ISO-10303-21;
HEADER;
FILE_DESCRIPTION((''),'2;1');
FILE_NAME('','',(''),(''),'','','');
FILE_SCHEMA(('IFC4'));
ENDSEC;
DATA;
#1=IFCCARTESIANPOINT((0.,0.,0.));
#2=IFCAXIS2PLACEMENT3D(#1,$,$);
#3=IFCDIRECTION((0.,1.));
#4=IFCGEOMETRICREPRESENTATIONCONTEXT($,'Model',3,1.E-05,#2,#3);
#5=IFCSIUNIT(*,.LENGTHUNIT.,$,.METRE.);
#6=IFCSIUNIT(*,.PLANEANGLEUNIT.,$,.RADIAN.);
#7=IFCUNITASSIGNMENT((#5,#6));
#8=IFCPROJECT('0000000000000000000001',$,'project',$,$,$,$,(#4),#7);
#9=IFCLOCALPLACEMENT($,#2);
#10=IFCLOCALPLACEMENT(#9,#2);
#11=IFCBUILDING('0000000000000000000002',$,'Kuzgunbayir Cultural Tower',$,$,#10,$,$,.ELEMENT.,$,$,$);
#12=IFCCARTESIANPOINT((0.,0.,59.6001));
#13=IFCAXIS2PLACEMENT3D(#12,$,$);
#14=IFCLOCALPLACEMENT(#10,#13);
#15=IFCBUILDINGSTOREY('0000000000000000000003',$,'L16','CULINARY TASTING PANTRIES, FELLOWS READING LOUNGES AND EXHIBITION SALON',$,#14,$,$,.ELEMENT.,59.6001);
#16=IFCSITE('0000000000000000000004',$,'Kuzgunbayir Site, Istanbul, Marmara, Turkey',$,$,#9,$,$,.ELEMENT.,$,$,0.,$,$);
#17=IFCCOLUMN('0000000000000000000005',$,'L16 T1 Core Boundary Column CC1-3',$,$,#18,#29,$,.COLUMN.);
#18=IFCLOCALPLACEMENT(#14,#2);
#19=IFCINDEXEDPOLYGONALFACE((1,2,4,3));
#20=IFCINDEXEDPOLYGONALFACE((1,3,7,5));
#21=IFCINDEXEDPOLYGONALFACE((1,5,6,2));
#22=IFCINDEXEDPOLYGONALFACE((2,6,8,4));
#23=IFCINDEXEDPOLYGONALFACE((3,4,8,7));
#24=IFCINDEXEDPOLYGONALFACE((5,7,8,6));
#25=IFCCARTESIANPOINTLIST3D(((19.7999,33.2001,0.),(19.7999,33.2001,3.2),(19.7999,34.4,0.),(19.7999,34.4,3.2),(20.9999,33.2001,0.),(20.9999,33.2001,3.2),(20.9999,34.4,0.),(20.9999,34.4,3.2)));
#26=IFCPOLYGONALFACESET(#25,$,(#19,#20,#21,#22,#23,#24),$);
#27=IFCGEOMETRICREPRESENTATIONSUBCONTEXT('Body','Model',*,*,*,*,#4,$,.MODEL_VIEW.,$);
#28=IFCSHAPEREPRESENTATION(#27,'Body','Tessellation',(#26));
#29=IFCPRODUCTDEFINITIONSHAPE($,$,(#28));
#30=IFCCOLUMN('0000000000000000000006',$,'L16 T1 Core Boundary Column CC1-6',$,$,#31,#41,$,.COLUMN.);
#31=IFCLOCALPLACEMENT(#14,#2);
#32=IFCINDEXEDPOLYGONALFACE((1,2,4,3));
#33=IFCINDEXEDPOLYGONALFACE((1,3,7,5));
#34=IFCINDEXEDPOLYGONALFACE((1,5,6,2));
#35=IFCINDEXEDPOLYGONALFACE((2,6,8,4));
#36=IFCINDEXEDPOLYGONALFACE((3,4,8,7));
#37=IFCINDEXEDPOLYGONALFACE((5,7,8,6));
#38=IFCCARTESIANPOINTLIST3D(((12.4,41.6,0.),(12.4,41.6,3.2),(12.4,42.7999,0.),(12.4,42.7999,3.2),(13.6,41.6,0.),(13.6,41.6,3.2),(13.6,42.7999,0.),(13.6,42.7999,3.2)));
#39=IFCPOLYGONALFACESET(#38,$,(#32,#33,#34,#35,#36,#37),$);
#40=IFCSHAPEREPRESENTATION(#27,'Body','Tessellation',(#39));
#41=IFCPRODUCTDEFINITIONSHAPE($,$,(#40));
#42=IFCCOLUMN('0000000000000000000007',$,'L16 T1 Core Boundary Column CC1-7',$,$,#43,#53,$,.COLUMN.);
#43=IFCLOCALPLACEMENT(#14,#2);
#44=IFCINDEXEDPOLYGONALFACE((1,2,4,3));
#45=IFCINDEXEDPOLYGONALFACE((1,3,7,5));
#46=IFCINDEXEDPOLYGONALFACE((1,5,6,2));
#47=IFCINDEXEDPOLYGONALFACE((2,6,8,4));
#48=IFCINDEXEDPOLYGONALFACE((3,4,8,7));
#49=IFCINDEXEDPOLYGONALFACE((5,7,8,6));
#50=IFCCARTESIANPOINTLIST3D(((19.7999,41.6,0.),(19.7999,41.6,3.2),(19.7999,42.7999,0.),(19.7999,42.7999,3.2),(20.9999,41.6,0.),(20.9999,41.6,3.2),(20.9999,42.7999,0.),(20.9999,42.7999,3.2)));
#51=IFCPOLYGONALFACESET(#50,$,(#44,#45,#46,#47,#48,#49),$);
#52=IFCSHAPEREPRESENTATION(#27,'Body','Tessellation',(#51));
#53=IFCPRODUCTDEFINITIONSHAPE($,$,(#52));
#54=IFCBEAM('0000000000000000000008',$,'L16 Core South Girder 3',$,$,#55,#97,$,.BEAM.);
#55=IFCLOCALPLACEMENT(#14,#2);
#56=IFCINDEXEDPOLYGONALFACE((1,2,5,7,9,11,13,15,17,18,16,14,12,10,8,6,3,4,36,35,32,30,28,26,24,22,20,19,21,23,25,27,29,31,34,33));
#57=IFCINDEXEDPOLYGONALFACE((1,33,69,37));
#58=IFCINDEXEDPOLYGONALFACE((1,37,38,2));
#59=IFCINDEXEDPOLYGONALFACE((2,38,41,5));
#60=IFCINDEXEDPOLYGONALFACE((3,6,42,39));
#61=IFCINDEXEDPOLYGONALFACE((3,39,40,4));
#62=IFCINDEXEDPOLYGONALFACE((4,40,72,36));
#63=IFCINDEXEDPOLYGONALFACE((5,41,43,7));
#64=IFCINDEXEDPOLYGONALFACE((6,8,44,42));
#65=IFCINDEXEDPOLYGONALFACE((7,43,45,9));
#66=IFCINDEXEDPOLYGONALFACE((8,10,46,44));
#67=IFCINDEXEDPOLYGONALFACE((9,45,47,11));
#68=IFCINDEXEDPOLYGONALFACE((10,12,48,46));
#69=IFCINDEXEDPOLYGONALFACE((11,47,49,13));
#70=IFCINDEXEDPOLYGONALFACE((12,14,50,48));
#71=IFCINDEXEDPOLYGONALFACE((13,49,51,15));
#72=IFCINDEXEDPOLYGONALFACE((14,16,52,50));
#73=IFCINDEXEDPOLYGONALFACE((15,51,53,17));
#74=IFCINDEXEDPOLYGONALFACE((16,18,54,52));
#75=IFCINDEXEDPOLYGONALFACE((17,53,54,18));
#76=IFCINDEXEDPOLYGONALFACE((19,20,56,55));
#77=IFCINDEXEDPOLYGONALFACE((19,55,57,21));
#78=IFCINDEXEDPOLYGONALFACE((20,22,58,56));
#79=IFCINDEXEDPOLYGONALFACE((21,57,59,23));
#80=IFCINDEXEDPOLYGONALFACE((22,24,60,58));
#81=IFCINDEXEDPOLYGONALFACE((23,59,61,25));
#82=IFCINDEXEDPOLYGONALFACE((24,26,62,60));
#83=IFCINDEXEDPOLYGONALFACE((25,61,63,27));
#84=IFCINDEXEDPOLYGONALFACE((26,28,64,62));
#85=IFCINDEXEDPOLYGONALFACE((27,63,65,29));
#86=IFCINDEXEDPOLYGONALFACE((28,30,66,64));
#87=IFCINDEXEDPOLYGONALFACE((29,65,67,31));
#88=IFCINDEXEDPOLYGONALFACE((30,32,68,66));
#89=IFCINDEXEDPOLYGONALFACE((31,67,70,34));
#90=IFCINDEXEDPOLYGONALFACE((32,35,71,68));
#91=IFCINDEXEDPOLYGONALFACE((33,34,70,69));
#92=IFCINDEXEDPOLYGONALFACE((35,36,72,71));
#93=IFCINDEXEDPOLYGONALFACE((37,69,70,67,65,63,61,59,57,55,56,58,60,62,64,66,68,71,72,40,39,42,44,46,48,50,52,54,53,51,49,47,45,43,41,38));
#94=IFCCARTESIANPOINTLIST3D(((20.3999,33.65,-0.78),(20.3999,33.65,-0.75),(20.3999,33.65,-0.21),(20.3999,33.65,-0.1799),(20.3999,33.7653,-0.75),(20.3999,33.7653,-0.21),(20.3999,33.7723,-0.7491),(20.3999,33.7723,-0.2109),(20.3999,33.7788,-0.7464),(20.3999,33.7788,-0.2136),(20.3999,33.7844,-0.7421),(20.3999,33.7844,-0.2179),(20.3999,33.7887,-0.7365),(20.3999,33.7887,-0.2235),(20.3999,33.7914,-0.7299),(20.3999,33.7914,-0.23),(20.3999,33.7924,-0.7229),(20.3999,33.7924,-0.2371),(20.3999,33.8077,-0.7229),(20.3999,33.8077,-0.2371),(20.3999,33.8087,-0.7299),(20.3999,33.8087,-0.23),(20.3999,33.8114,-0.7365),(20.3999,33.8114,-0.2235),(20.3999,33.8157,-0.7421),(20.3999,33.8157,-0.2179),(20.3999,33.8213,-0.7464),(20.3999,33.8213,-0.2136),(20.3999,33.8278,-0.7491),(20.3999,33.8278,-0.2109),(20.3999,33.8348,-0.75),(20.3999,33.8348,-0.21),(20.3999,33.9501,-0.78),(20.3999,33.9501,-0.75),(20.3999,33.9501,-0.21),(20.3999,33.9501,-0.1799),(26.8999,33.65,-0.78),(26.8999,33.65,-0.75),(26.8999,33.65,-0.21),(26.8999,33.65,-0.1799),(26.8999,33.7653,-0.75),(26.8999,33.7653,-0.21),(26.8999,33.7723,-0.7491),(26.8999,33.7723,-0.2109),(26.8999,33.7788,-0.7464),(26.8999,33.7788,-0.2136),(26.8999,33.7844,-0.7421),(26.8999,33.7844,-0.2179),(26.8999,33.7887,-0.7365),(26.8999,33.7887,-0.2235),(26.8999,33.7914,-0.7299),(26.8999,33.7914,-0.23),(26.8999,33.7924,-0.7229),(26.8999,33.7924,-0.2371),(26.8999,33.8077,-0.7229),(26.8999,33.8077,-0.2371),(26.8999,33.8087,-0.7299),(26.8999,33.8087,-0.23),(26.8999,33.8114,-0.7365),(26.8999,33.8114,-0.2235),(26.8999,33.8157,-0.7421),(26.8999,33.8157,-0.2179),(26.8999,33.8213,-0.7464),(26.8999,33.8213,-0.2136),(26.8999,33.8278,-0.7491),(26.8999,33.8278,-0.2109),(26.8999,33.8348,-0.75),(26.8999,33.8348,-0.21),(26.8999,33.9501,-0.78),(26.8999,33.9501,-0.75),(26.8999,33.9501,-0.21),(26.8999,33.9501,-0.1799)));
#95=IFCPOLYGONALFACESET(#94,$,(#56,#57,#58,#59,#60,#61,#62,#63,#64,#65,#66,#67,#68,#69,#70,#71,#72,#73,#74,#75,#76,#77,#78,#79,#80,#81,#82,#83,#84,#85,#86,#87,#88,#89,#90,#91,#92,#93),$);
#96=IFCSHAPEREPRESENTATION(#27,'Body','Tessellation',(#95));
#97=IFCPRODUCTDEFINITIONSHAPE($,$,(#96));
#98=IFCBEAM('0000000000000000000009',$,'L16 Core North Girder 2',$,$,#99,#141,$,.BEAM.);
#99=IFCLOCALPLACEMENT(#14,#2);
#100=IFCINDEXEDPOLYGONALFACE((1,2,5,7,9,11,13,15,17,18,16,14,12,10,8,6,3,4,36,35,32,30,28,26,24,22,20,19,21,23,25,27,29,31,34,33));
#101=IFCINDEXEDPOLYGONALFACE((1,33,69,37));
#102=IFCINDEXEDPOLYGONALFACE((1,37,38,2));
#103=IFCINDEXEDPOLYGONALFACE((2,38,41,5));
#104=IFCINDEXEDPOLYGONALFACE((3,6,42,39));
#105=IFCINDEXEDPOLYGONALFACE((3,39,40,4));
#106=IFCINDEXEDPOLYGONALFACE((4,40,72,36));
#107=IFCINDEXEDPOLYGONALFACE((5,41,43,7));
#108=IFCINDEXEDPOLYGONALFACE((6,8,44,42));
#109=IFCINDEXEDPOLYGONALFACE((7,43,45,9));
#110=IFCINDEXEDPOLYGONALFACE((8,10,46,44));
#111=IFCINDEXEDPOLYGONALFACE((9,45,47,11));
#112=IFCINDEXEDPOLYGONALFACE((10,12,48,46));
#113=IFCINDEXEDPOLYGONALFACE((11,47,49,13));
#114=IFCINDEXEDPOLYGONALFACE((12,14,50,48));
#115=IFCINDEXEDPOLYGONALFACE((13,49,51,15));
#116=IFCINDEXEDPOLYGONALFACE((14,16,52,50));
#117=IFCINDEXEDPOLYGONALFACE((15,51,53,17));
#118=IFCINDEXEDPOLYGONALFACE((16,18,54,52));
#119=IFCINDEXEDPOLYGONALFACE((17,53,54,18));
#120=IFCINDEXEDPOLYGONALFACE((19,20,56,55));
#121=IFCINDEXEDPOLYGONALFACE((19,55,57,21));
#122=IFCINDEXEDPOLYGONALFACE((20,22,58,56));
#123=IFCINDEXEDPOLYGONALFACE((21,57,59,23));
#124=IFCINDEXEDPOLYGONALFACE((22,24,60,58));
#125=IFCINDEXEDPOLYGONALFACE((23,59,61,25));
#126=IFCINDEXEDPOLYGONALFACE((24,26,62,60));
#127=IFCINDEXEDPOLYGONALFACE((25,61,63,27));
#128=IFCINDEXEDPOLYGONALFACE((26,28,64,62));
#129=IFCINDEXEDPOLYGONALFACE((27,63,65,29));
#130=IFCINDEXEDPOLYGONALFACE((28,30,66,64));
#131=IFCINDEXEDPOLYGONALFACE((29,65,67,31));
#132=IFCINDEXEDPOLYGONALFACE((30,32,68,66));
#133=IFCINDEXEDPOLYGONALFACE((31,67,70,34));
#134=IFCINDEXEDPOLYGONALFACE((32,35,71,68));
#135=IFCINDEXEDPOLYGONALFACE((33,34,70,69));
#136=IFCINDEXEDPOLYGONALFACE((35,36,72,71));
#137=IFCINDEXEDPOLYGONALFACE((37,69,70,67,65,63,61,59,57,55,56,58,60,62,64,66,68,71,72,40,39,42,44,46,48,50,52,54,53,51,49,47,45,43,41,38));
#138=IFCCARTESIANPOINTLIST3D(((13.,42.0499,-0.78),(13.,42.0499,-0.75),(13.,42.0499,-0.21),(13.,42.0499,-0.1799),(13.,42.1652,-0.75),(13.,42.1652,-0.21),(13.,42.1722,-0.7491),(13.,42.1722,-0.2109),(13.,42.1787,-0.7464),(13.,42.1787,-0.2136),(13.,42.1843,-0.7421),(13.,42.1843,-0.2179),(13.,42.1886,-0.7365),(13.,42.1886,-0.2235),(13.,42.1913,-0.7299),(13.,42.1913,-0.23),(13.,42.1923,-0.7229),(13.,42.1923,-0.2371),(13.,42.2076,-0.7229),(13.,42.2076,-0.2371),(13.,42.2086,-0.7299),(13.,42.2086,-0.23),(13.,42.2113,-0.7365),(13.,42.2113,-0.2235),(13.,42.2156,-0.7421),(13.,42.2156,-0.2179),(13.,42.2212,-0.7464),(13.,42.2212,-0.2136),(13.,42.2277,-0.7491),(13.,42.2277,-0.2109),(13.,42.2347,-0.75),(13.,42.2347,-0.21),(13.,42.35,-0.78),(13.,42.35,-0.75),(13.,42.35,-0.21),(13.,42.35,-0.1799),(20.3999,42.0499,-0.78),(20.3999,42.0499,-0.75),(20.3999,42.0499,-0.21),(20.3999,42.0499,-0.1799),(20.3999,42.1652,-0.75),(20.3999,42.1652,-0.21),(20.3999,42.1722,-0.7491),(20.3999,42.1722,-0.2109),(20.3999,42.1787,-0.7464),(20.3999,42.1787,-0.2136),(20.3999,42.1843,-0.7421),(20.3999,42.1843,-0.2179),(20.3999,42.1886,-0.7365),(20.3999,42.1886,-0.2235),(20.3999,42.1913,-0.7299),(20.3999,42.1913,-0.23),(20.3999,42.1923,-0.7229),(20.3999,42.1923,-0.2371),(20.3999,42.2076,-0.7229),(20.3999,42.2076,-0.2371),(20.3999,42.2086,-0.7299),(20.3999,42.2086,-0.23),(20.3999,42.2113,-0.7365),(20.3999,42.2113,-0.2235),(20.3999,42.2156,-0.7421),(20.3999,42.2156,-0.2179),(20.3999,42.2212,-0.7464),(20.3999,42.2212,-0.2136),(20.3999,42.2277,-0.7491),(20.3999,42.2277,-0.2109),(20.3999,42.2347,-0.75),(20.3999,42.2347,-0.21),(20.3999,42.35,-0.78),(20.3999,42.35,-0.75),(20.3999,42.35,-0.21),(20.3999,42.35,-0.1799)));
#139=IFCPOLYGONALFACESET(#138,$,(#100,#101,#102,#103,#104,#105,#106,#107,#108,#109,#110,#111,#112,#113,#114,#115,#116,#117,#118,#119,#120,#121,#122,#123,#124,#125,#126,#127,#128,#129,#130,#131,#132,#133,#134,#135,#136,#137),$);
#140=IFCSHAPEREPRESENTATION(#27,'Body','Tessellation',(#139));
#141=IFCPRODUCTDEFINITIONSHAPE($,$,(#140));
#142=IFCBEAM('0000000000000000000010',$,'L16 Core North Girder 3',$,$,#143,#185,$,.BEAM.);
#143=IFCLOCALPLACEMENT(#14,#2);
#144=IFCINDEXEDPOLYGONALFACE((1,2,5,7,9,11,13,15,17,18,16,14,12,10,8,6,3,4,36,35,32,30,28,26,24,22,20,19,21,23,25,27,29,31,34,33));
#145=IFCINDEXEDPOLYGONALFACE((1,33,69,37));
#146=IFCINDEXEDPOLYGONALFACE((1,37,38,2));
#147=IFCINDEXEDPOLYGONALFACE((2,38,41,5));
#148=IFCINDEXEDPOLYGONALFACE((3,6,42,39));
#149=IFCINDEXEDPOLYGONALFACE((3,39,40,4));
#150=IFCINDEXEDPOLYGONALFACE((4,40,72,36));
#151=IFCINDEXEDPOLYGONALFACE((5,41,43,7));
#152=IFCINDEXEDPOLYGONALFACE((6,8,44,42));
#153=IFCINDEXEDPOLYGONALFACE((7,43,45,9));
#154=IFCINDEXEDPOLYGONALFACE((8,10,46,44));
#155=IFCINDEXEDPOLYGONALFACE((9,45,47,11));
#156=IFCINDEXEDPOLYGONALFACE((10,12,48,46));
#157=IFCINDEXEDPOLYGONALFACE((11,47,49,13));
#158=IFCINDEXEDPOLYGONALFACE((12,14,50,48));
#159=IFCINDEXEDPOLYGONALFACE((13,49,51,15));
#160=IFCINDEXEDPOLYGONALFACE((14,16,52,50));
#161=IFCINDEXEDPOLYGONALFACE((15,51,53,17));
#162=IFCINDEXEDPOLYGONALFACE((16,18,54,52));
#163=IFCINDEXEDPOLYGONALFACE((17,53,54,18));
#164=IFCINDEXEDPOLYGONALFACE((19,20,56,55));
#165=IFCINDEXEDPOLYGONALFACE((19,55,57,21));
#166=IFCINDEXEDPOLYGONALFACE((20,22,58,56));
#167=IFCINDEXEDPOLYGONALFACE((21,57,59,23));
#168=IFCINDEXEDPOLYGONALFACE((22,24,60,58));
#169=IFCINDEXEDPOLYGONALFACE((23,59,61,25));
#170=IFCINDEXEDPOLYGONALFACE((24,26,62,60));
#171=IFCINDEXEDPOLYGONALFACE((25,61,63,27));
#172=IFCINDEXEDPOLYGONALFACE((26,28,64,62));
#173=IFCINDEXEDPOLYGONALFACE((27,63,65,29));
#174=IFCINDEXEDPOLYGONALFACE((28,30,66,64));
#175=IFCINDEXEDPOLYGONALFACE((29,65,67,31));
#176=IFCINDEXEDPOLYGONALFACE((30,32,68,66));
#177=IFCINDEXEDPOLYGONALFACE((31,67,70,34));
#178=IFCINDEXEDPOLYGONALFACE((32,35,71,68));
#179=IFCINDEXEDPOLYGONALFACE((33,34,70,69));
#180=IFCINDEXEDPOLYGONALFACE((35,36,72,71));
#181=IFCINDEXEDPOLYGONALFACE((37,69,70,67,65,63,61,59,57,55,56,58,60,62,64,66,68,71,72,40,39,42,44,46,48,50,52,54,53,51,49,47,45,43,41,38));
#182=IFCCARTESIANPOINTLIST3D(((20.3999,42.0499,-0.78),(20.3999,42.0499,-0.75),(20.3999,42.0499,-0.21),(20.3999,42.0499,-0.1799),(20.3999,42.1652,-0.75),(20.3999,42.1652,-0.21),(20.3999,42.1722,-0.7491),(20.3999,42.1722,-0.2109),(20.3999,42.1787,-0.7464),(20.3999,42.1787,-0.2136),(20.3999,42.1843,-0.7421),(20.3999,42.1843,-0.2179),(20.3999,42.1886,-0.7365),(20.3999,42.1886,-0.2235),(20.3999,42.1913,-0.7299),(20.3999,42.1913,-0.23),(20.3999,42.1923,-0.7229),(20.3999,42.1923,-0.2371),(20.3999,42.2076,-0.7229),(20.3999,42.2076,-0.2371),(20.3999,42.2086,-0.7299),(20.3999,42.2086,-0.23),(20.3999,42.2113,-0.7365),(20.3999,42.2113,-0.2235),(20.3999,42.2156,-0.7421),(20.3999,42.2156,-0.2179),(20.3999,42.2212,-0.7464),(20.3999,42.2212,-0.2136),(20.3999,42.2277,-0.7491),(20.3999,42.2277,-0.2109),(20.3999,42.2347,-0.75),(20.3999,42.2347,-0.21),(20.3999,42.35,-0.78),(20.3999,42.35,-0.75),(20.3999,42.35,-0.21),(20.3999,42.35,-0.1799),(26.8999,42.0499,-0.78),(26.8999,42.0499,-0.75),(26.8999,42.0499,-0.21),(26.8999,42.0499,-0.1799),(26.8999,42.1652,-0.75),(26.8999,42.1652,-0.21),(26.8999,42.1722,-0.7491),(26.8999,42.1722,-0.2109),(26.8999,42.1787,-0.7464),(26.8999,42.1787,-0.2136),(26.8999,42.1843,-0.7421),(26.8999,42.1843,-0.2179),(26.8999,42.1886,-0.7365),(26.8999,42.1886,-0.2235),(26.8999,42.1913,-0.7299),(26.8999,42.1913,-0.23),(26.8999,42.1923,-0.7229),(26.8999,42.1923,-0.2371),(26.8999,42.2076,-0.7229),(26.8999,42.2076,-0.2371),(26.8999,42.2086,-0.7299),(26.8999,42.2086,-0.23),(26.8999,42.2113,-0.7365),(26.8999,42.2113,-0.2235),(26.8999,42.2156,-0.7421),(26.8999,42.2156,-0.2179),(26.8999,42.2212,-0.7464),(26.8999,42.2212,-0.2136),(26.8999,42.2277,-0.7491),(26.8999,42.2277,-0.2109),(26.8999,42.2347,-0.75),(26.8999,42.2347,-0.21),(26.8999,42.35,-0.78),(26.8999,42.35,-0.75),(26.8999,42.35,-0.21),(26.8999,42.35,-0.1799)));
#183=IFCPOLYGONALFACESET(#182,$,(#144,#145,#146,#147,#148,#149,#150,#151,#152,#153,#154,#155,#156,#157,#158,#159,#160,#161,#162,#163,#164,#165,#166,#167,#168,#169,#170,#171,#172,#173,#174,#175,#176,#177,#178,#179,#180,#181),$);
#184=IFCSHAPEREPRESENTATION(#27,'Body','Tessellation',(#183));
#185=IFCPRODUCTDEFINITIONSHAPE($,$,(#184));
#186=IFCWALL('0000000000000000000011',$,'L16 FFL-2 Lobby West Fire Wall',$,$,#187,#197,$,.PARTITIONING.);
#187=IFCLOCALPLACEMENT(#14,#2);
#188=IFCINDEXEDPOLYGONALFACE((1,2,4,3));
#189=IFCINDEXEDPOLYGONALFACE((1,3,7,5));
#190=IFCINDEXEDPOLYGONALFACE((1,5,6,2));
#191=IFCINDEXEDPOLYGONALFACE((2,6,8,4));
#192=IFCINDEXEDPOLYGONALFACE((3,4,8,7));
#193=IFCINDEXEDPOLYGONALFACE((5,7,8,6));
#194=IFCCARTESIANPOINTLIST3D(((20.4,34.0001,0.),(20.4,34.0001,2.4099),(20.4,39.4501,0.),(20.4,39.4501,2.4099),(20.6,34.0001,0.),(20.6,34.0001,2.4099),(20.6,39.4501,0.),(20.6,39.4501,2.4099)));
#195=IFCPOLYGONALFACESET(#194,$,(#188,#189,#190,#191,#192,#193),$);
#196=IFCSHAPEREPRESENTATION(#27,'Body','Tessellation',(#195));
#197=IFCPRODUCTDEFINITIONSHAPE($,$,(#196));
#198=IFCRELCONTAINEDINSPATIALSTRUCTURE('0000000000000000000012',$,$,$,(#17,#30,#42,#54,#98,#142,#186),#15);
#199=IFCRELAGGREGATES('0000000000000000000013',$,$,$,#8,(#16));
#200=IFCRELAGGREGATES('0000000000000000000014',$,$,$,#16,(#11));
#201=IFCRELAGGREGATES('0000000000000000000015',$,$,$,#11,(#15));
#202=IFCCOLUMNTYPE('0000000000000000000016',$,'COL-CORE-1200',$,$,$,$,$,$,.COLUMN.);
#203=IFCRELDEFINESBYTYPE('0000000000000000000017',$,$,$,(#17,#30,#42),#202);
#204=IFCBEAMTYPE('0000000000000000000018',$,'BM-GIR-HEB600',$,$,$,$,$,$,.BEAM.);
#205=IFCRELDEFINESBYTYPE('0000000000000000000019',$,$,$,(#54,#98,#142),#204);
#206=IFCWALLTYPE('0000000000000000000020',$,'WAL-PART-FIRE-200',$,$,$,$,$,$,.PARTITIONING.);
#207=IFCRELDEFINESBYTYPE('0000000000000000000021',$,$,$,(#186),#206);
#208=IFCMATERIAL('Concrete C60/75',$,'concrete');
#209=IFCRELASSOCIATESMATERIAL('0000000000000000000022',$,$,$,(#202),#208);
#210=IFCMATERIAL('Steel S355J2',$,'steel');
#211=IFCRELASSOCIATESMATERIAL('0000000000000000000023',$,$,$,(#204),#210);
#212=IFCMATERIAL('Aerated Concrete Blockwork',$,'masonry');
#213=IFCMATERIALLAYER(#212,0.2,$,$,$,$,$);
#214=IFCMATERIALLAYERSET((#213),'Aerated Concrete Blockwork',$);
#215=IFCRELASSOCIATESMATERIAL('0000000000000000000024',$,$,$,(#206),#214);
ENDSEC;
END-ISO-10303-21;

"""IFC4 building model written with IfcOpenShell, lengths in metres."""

from ifc_helpers import new_model, si_unit, direction, frame, frame_2d, origin, origin_2d, place, context, subcontext, project, spatial, rectangle, i_section, extrude, material, layer, layer_set, material_profile, profile_set, type_object, element, save


model = new_model("IFC4")

# Units and contexts
model_context = context("Model", 3, precision=1e-05, world=origin(), true_north=direction((0.0, 1.0)))
body_context = subcontext(model_context, "Body", "Model", "MODEL_VIEW")
ifc_project = project(units=[si_unit("LENGTHUNIT", "METRE"), si_unit("PLANEANGLEUNIT", "RADIAN")], contexts=[model_context])

# Site, building, storey
site_placement = place(None, origin())
site = spatial("IfcSite", under=ifc_project, at=site_placement, Name="Kuzgunbayir Site, Istanbul, Marmara, Turkey", CompositionType="ELEMENT", RefElevation=0.0)
building_placement = place(site_placement, origin())
building = spatial("IfcBuilding", under=site, at=building_placement, Name="Kuzgunbayir Cultural Tower", CompositionType="ELEMENT")
storey_placement = place(building_placement, frame((0.0, 0.0, 59.6001)))
storey = spatial("IfcBuildingStorey", under=building, at=storey_placement, Name="L16", Description="CULINARY TASTING PANTRIES, FELLOWS READING LOUNGES AND EXHIBITION SALON", CompositionType="ELEMENT", Elevation=59.6001)

# Columns
ifc_material_1 = material(Name="Concrete C60/75", Category="concrete")
ifc_material_profile_1 = material_profile(ifc_material_1, rectangle(XDim=1.2, YDim=1.2, at=origin_2d()), Name="RC 1200x1200")
ifc_profile_set_1 = profile_set([ifc_material_profile_1], Name="Concrete C60/75")
column_type = type_object("IfcColumnType", Name="COL-CORE-1200", PredefinedType="COLUMN", material=ifc_profile_set_1)
for number, where, z_axis, x_axis, name in (
    (1, (20.3999, 33.8, 0.0), (0.0, 0.0, 1.0), (1.0, 0.0, 0.0), "L16 T1 Core Boundary Column CC1-3"),
    (2, (13.0, 42.2, 0.0), (0.0, 0.0, 1.0), (1.0, 0.0, 0.0), "L16 T1 Core Boundary Column CC1-6"),
    (3, (20.3999, 42.2, 0.0), (0.0, 0.0, 1.0), (1.0, 0.0, 0.0), "L16 T1 Core Boundary Column CC1-7"),
):
    element("IfcColumn", number, at=place(storey_placement, frame(where, z_axis=z_axis, x_axis=x_axis)), inside=storey, type_object=column_type, Name=name, PredefinedType="COLUMN", context=body_context, shape_type="SweptSolid", body=[
        extrude(rectangle(XDim=1.2, YDim=1.2, at=origin_2d()), origin(), (0.0, 0.0, 1.0), 3.2),
    ])

# Beams
ifc_material_2 = material(Name="Steel S355J2", Category="steel")
ifc_material_profile_2 = material_profile(ifc_material_2, i_section(OverallWidth=0.3, OverallDepth=0.6001, WebThickness=0.0154, FlangeThickness=0.03, FilletRadius=0.0271, at=origin_2d()), Name="HEB 600")
ifc_profile_set_2 = profile_set([ifc_material_profile_2], Name="Steel S355J2")
beam_type = type_object("IfcBeamType", Name="BM-GIR-HEB600", PredefinedType="BEAM", material=ifc_profile_set_2)
beam_1_placement = place(storey_placement, frame((20.3999, 33.8, -0.48), z_axis=(1.0, 0.0, 0.0), x_axis=(0.0, 1.0, 0.0)))
element("IfcBeam", 4, at=beam_1_placement, inside=storey, type_object=beam_type, Name="L16 Core South Girder 3", PredefinedType="BEAM", context=body_context, shape_type="SweptSolid", body=[
    extrude(i_section(OverallWidth=0.3, OverallDepth=0.6001, WebThickness=0.0154, FlangeThickness=0.03, FilletRadius=0.0271, at=origin_2d()), origin(), (0.0, 0.0, 1.0), 6.5),
])
beam_2_placement = place(storey_placement, frame((13.0, 42.2, -0.48), z_axis=(1.0, 0.0, 0.0), x_axis=(0.0, 1.0, 0.0)))
element("IfcBeam", 5, at=beam_2_placement, inside=storey, type_object=beam_type, Name="L16 Core North Girder 2", PredefinedType="BEAM", context=body_context, shape_type="SweptSolid", body=[
    extrude(i_section(OverallWidth=0.3, OverallDepth=0.6001, WebThickness=0.0154, FlangeThickness=0.03, FilletRadius=0.0271, at=origin_2d()), origin(), (0.0, 0.0, 1.0), 7.3999),
])
beam_3_placement = place(storey_placement, frame((20.3999, 42.2, -0.48), z_axis=(1.0, 0.0, 0.0), x_axis=(0.0, 1.0, 0.0)))
element("IfcBeam", 6, at=beam_3_placement, inside=storey, type_object=beam_type, Name="L16 Core North Girder 3", PredefinedType="BEAM", context=body_context, shape_type="SweptSolid", body=[
    extrude(i_section(OverallWidth=0.3, OverallDepth=0.6001, WebThickness=0.0154, FlangeThickness=0.03, FilletRadius=0.0271, at=origin_2d()), origin(), (0.0, 0.0, 1.0), 6.5),
])

# Wall
ifc_material_3 = material(Name="Aerated Concrete Blockwork", Category="masonry")
ifc_layer_1 = layer(ifc_material_3, 0.2)
ifc_layer_set_1 = layer_set([ifc_layer_1], Name="Aerated Concrete Blockwork")
wall_type_1 = type_object("IfcWallType", Name="WAL-PART-FIRE-200", PredefinedType="PARTITIONING", material=ifc_layer_set_1)
wall_1_placement = place(storey_placement, frame((20.5, 34.0, 0.0), z_axis=(0.0, 0.0, 1.0), x_axis=(0.0, 1.0, 0.0)))
element("IfcWall", 7, at=wall_1_placement, inside=storey, type_object=wall_type_1, Name="L16 FFL-2 Lobby West Fire Wall", PredefinedType="PARTITIONING", context=body_context, shape_type="SweptSolid", body=[
    extrude(rectangle(XDim=5.45, YDim=0.2, at=frame_2d((2.7251, 0.0))), origin(), (0.0, 0.0, 1.0), 2.4099),
])

save(model, "model.ifc")
